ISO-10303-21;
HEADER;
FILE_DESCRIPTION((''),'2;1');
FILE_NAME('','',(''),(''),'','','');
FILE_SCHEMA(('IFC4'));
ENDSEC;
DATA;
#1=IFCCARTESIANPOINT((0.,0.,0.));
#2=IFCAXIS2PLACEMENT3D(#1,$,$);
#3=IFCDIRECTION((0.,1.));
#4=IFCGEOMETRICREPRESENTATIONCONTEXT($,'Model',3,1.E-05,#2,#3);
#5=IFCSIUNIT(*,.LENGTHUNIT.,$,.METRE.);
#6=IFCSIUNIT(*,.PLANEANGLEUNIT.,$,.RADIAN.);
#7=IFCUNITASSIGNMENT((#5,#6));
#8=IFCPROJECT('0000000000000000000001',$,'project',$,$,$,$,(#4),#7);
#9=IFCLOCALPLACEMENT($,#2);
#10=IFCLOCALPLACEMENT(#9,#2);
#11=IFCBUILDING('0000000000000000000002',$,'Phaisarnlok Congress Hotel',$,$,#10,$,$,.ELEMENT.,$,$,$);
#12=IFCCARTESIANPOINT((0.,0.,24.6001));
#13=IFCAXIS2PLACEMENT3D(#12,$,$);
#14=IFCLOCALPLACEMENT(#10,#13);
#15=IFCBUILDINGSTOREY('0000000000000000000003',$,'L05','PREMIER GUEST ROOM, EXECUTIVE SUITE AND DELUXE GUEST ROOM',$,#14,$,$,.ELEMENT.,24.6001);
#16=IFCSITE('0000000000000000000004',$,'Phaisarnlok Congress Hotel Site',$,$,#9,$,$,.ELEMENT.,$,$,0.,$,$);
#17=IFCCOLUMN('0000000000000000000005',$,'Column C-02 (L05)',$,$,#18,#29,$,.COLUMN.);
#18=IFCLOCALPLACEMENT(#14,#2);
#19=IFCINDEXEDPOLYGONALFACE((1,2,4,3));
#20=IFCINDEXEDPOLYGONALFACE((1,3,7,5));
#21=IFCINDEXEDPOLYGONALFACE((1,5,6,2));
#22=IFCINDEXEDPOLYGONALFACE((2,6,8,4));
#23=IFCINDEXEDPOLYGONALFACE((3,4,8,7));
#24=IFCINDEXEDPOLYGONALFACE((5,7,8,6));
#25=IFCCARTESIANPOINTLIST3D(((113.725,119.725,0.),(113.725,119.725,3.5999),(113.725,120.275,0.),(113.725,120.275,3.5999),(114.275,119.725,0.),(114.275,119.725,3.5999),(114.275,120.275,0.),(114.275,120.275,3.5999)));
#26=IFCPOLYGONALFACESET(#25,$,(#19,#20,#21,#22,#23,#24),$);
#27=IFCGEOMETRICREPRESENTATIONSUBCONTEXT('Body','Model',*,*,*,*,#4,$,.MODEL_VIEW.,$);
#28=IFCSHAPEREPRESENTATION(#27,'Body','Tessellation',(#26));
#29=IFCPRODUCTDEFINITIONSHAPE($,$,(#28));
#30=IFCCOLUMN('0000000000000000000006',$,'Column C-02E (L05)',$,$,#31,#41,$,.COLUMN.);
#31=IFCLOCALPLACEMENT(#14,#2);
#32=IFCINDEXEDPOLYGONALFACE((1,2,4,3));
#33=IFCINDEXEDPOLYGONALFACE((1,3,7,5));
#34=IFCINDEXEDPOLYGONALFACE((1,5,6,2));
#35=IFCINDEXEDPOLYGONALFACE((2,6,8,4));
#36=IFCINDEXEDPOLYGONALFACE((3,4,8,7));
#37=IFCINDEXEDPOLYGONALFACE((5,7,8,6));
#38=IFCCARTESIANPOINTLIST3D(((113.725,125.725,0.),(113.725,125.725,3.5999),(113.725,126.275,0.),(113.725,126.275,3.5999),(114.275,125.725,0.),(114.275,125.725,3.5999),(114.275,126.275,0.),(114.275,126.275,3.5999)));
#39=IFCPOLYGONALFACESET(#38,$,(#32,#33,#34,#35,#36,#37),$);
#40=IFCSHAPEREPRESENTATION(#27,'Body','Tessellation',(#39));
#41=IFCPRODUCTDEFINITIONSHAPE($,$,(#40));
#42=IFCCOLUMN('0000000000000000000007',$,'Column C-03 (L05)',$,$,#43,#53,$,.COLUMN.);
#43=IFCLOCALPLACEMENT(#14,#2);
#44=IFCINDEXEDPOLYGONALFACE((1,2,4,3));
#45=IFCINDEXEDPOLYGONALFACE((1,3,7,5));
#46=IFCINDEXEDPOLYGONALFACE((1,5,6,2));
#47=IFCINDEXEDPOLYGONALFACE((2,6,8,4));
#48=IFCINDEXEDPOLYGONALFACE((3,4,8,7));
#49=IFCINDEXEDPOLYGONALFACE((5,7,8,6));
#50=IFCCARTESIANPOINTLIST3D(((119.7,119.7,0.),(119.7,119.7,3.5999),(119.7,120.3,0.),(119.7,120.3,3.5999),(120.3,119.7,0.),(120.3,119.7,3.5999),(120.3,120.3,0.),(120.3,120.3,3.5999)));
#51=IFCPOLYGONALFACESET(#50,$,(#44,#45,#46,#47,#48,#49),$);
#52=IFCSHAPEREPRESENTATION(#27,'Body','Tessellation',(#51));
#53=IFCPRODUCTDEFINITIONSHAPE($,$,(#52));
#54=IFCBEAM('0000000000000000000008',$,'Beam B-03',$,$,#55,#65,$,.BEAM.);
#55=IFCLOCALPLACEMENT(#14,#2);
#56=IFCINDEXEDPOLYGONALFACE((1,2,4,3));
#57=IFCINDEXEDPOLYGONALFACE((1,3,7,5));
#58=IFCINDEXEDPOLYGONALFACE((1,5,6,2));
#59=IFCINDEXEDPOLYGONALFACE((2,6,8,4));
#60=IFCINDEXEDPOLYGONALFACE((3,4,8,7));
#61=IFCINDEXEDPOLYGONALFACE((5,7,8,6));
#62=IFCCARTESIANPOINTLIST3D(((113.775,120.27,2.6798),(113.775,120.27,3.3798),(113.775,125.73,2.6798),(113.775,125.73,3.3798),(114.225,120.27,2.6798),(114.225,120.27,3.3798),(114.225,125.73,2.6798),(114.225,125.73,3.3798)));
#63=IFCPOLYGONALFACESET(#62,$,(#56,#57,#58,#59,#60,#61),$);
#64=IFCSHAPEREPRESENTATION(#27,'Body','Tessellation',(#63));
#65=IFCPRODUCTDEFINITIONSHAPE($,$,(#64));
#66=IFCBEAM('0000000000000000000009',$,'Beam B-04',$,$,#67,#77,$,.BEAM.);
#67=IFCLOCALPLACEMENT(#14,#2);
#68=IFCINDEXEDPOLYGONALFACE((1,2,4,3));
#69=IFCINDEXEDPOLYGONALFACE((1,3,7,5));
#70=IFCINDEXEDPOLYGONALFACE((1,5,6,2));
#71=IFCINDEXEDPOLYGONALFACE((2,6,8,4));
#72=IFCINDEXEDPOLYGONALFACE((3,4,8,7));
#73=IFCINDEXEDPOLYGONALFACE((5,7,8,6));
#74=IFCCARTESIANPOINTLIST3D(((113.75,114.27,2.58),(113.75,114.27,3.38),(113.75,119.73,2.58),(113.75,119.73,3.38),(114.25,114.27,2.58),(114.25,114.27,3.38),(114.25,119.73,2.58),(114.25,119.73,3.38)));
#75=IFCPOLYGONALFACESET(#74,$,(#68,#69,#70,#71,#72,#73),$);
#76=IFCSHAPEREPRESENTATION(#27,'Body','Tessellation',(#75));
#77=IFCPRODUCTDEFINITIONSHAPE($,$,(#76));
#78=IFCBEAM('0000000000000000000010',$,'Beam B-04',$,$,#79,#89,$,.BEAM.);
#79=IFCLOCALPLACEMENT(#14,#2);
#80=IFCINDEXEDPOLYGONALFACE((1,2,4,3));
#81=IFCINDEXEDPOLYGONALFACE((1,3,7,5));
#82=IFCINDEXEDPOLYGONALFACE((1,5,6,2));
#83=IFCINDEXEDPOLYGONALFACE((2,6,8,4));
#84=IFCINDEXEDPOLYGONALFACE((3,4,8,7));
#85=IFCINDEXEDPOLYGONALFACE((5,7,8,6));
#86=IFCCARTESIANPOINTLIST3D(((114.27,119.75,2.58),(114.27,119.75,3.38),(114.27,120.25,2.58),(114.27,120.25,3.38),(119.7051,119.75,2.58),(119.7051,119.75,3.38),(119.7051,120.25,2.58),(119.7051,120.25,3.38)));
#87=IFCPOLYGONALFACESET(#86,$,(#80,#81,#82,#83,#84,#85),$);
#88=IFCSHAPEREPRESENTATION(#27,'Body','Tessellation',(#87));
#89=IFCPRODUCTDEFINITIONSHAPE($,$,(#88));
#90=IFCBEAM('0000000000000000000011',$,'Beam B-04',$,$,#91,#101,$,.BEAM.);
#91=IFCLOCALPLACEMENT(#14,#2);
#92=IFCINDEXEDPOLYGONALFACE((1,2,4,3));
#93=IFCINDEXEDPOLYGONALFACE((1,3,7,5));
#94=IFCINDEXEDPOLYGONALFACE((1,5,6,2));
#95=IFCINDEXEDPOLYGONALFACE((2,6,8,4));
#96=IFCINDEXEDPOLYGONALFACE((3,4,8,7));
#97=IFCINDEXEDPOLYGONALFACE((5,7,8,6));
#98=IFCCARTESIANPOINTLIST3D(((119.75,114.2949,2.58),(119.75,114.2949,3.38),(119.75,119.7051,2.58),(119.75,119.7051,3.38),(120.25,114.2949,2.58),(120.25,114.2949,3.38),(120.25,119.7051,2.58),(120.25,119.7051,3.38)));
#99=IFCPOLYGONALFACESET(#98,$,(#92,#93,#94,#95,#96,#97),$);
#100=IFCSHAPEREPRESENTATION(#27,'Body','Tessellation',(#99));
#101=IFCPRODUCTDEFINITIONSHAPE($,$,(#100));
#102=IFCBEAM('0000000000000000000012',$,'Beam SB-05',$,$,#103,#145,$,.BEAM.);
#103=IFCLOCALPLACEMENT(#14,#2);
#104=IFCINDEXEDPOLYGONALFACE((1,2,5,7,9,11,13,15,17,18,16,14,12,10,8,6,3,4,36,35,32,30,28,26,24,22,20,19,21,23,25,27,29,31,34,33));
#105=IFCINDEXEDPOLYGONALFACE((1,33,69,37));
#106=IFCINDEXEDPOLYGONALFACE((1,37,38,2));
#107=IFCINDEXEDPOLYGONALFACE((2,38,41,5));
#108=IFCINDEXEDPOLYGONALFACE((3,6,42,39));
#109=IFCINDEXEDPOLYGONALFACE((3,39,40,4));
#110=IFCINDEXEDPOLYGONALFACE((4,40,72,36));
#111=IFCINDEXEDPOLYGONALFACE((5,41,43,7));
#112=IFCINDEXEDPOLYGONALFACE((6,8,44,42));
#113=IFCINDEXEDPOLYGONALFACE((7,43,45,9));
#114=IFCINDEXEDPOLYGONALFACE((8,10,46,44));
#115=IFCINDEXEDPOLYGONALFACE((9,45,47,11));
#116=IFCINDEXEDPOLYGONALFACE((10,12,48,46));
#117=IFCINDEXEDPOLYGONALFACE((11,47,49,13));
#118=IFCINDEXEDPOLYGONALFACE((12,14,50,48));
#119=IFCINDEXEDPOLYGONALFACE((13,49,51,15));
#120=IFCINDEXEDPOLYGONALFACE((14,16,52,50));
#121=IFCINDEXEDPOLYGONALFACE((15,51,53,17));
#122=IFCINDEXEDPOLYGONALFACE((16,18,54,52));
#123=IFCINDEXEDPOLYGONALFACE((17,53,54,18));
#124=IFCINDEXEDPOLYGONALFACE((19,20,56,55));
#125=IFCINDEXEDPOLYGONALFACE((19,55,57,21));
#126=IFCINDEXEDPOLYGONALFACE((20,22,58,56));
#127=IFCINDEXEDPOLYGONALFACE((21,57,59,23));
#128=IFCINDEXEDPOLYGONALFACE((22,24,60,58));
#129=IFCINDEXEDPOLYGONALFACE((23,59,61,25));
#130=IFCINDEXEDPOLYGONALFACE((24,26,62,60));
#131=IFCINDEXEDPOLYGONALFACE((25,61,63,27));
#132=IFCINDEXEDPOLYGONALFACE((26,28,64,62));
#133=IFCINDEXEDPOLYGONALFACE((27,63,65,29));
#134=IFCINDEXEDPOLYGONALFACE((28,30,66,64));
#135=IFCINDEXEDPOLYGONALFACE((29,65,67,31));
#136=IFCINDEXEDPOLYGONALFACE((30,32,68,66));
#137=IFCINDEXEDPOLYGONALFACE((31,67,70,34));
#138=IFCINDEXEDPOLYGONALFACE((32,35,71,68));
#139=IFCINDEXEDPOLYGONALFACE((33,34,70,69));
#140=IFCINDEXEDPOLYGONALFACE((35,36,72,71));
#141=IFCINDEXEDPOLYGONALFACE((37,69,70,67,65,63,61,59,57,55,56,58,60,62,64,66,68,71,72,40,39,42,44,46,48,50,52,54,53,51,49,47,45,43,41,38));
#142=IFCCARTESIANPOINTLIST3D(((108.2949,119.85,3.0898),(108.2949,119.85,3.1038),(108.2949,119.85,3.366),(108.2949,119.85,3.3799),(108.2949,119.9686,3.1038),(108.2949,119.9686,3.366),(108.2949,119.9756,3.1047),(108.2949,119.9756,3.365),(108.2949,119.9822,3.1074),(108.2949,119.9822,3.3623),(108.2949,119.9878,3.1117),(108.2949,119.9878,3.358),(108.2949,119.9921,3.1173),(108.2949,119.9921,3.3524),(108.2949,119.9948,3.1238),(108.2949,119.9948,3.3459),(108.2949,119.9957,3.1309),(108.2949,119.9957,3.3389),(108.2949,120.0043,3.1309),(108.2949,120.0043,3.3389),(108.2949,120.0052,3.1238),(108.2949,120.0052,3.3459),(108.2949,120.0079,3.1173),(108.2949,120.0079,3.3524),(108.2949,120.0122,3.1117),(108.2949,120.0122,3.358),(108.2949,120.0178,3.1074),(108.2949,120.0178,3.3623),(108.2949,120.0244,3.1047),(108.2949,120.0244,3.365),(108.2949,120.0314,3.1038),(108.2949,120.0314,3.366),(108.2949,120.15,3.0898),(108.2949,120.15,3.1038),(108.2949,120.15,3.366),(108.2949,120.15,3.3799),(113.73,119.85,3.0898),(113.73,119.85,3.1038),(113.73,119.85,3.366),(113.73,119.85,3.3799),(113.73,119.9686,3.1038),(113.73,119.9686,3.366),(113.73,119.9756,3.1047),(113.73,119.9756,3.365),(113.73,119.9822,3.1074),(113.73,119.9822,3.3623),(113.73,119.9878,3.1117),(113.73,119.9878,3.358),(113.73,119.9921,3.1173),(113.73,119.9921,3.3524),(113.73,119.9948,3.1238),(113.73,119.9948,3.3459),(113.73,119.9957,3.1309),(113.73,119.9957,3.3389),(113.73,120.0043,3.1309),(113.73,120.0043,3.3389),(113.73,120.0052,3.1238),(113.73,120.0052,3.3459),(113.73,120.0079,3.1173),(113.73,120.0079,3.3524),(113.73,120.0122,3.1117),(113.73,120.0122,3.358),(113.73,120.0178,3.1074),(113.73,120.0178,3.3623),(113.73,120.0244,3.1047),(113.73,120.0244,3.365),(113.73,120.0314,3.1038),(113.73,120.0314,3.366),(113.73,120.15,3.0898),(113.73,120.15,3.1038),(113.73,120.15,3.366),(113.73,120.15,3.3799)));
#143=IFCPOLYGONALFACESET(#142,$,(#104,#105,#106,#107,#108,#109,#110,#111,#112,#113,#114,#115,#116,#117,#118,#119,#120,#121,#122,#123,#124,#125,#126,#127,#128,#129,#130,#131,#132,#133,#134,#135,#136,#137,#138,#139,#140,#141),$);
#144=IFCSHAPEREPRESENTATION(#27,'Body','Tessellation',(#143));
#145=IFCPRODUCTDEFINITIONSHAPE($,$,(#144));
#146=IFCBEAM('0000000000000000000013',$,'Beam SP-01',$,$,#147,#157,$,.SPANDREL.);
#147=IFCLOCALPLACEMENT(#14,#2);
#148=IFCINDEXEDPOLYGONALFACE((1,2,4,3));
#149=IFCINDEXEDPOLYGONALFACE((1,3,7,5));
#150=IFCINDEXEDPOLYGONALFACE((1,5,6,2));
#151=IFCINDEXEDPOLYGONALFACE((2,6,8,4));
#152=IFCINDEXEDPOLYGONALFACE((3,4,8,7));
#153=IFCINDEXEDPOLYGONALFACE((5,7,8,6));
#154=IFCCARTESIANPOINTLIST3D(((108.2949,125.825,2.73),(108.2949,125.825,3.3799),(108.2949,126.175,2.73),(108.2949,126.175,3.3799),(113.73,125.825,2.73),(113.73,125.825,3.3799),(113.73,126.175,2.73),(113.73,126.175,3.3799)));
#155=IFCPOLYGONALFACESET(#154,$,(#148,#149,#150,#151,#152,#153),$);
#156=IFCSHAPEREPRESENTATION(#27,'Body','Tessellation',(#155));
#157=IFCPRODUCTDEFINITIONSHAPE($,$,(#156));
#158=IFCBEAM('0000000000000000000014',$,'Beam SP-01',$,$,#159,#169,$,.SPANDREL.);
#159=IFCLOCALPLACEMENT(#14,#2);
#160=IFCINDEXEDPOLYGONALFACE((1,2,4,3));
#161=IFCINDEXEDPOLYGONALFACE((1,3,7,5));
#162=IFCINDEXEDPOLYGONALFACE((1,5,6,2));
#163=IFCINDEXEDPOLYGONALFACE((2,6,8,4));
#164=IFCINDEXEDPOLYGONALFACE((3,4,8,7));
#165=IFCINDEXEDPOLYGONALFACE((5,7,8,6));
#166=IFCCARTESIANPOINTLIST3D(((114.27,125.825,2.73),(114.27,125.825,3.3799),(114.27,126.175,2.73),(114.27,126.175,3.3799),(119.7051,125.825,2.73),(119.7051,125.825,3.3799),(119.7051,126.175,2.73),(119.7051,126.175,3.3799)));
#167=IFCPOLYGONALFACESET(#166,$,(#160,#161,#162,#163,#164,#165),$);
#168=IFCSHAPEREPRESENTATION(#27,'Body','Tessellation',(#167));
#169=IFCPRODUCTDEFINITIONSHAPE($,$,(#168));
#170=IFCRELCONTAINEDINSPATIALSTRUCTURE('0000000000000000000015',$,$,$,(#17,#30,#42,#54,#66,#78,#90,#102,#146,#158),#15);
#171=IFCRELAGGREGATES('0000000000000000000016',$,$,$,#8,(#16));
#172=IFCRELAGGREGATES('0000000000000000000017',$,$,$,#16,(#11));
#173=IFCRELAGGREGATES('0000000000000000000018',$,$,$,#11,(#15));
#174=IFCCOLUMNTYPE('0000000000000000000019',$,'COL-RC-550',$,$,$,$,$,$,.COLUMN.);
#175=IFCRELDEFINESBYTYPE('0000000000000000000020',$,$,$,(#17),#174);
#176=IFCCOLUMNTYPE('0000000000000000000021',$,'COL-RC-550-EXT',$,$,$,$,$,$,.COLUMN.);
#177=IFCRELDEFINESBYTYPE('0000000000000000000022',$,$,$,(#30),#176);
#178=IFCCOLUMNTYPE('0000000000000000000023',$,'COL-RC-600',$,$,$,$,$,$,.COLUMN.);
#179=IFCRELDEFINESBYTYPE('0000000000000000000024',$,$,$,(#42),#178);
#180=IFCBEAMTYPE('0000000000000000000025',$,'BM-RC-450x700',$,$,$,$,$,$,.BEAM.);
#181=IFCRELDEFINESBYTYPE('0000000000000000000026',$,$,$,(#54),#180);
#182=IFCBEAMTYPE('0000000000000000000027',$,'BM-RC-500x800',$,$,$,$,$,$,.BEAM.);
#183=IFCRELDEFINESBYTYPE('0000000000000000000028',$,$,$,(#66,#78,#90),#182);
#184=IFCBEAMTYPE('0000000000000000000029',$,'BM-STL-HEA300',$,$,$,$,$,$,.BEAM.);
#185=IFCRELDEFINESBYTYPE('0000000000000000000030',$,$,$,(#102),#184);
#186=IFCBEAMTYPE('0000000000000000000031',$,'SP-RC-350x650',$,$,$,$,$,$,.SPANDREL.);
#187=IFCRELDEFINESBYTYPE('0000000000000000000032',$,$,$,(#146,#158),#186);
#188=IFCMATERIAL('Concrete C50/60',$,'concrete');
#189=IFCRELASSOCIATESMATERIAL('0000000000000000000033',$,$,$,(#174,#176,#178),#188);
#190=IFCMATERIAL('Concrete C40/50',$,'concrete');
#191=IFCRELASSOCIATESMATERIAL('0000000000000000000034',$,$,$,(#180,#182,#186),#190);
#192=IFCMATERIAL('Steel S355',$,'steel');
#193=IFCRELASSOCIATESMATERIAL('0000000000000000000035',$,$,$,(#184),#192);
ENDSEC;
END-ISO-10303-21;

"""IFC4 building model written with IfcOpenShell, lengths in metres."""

from ifc_helpers import new_model, si_unit, direction, frame, origin, origin_2d, place, context, subcontext, project, spatial, rectangle, i_section, extrude, material, material_profile, profile_set, type_object, element, save


model = new_model("IFC4")

# Units and contexts
model_context = context("Model", 3, precision=1e-05, world=origin(), true_north=direction((0.0, 1.0)))
body_context = subcontext(model_context, "Body", "Model", "MODEL_VIEW")
ifc_project = project(units=[si_unit("LENGTHUNIT", "METRE"), si_unit("PLANEANGLEUNIT", "RADIAN")], contexts=[model_context])

# Site, building, storey
site_placement = place(None, origin())
site = spatial("IfcSite", under=ifc_project, at=site_placement, Name="Phaisarnlok Congress Hotel Site", CompositionType="ELEMENT", RefElevation=0.0)
building_placement = place(site_placement, origin())
building = spatial("IfcBuilding", under=site, at=building_placement, Name="Phaisarnlok Congress Hotel", CompositionType="ELEMENT")
storey_placement = place(building_placement, frame((0.0, 0.0, 24.6001)))
storey = spatial("IfcBuildingStorey", under=building, at=storey_placement, Name="L05", Description="PREMIER GUEST ROOM, EXECUTIVE SUITE AND DELUXE GUEST ROOM", CompositionType="ELEMENT", Elevation=24.6001)

# Columns
ifc_material_1 = material(Name="Concrete C50/60", Category="concrete")
ifc_material_profile_1 = material_profile(ifc_material_1, rectangle(XDim=0.55, YDim=0.55, at=origin_2d()), Name="RC 550x550")
ifc_profile_set_1 = profile_set([ifc_material_profile_1], Name="Concrete C50/60")
column_type_1 = type_object("IfcColumnType", Name="COL-RC-550", PredefinedType="COLUMN", material=ifc_profile_set_1)
column_1_placement = place(storey_placement, frame((114.0, 120.0, 0.0), z_axis=(0.0, 0.0, 1.0), x_axis=(1.0, 0.0, 0.0)))
element("IfcColumn", 1, at=column_1_placement, inside=storey, type_object=column_type_1, Name="Column C-02 (L05)", PredefinedType="COLUMN", context=body_context, shape_type="SweptSolid", body=[
    extrude(rectangle(XDim=0.55, YDim=0.55, at=origin_2d()), origin(), (0.0, 0.0, 1.0), 3.5999),
])
ifc_material_profile_2 = material_profile(ifc_material_1, rectangle(XDim=0.55, YDim=0.55, at=origin_2d()), Name="RC 550x550")
ifc_profile_set_2 = profile_set([ifc_material_profile_2], Name="Concrete C50/60")
column_type_2 = type_object("IfcColumnType", Name="COL-RC-550-EXT", PredefinedType="COLUMN", material=ifc_profile_set_2)
column_2_placement = place(storey_placement, frame((114.0, 126.0, 0.0), z_axis=(0.0, 0.0, 1.0), x_axis=(1.0, 0.0, 0.0)))
element("IfcColumn", 2, at=column_2_placement, inside=storey, type_object=column_type_2, Name="Column C-02E (L05)", PredefinedType="COLUMN", context=body_context, shape_type="SweptSolid", body=[
    extrude(rectangle(XDim=0.55, YDim=0.55, at=origin_2d()), origin(), (0.0, 0.0, 1.0), 3.5999),
])
ifc_material_profile_3 = material_profile(ifc_material_1, rectangle(XDim=0.6001, YDim=0.6001, at=origin_2d()), Name="RC 600x600")
ifc_profile_set_3 = profile_set([ifc_material_profile_3], Name="Concrete C50/60")
column_type_3 = type_object("IfcColumnType", Name="COL-RC-600", PredefinedType="COLUMN", material=ifc_profile_set_3)
column_3_placement = place(storey_placement, frame((120.0, 120.0, 0.0), z_axis=(0.0, 0.0, 1.0), x_axis=(1.0, 0.0, 0.0)))
element("IfcColumn", 3, at=column_3_placement, inside=storey, type_object=column_type_3, Name="Column C-03 (L05)", PredefinedType="COLUMN", context=body_context, shape_type="SweptSolid", body=[
    extrude(rectangle(XDim=0.6001, YDim=0.6001, at=origin_2d()), origin(), (0.0, 0.0, 1.0), 3.5999),
])

# Beams
ifc_material_2 = material(Name="Concrete C40/50", Category="concrete")
ifc_material_profile_4 = material_profile(ifc_material_2, rectangle(XDim=0.45, YDim=0.7, at=origin_2d()), Name="RC 450x700")
ifc_profile_set_4 = profile_set([ifc_material_profile_4], Name="Concrete C40/50")
beam_type_1 = type_object("IfcBeamType", Name="BM-RC-450x700", PredefinedType="BEAM", material=ifc_profile_set_4)
beam_1_placement = place(storey_placement, frame((114.0, 120.27, 3.0298), z_axis=(0.0, 1.0, 0.0), x_axis=(-1.0, 0.0, 0.0)))
element("IfcBeam", 4, at=beam_1_placement, inside=storey, type_object=beam_type_1, Name="Beam B-03", PredefinedType="BEAM", context=body_context, shape_type="SweptSolid", body=[
    extrude(rectangle(XDim=0.45, YDim=0.7, at=origin_2d()), origin(), (0.0, 0.0, 1.0), 5.46),
])
ifc_material_profile_5 = material_profile(ifc_material_2, rectangle(XDim=0.5, YDim=0.8, at=origin_2d()), Name="RC 500x800")
ifc_profile_set_5 = profile_set([ifc_material_profile_5], Name="Concrete C40/50")
beam_type_2 = type_object("IfcBeamType", Name="BM-RC-500x800", PredefinedType="BEAM", material=ifc_profile_set_5)
beam_2_placement = place(storey_placement, frame((114.0, 114.27, 2.98), z_axis=(0.0, 1.0, 0.0), x_axis=(-1.0, 0.0, 0.0)))
element("IfcBeam", 5, at=beam_2_placement, inside=storey, type_object=beam_type_2, Name="Beam B-04", PredefinedType="BEAM", context=body_context, shape_type="SweptSolid", body=[
    extrude(rectangle(XDim=0.5, YDim=0.8, at=origin_2d()), origin(), (0.0, 0.0, 1.0), 5.46),
])
beam_3_placement = place(storey_placement, frame((114.27, 120.0, 2.98), z_axis=(1.0, 0.0, 0.0), x_axis=(0.0, 1.0, 0.0)))
element("IfcBeam", 6, at=beam_3_placement, inside=storey, type_object=beam_type_2, Name="Beam B-04", PredefinedType="BEAM", context=body_context, shape_type="SweptSolid", body=[
    extrude(rectangle(XDim=0.5, YDim=0.8, at=origin_2d()), origin(), (0.0, 0.0, 1.0), 5.4351),
])
beam_4_placement = place(storey_placement, frame((120.0, 114.2949, 2.98), z_axis=(0.0, 1.0, 0.0), x_axis=(-1.0, 0.0, 0.0)))
element("IfcBeam", 7, at=beam_4_placement, inside=storey, type_object=beam_type_2, Name="Beam B-04", PredefinedType="BEAM", context=body_context, shape_type="SweptSolid", body=[
    extrude(rectangle(XDim=0.5, YDim=0.8, at=origin_2d()), origin(), (0.0, 0.0, 1.0), 5.4102),
])
ifc_material_3 = material(Name="Steel S355", Category="steel")
ifc_material_profile_6 = material_profile(ifc_material_3, i_section(OverallWidth=0.3, OverallDepth=0.29, WebThickness=0.0085, FlangeThickness=0.0139, FilletRadius=0.0271, at=origin_2d()), Name="HEA 300")
ifc_profile_set_6 = profile_set([ifc_material_profile_6], Name="Steel S355")
beam_type_3 = type_object("IfcBeamType", Name="BM-STL-HEA300", PredefinedType="BEAM", material=ifc_profile_set_6)
beam_5_placement = place(storey_placement, frame((108.2949, 120.0, 3.2349), z_axis=(1.0, 0.0, 0.0), x_axis=(0.0, 1.0, 0.0)))
element("IfcBeam", 8, at=beam_5_placement, inside=storey, type_object=beam_type_3, Name="Beam SB-05", PredefinedType="BEAM", context=body_context, shape_type="SweptSolid", body=[
    extrude(i_section(OverallWidth=0.3, OverallDepth=0.29, WebThickness=0.0085, FlangeThickness=0.0139, FilletRadius=0.0271, at=origin_2d()), origin(), (0.0, 0.0, 1.0), 5.4351),
])
ifc_material_profile_7 = material_profile(ifc_material_2, rectangle(XDim=0.3501, YDim=0.6499, at=origin_2d()), Name="RC 350x650")
ifc_profile_set_7 = profile_set([ifc_material_profile_7], Name="Concrete C40/50")
beam_type_4 = type_object("IfcBeamType", Name="SP-RC-350x650", PredefinedType="SPANDREL", material=ifc_profile_set_7)
for number, where, z_axis, x_axis, name in (
    (9, (108.2949, 126.0, 3.0549), (1.0, 0.0, 0.0), (0.0, 1.0, 0.0), "Beam SP-01"),
    (10, (114.27, 126.0, 3.0549), (1.0, 0.0, 0.0), (0.0, 1.0, 0.0), "Beam SP-01"),
):
    element("IfcBeam", number, at=place(storey_placement, frame(where, z_axis=z_axis, x_axis=x_axis)), inside=storey, type_object=beam_type_4, Name=name, PredefinedType="SPANDREL", context=body_context, shape_type="SweptSolid", body=[
        extrude(rectangle(XDim=0.3501, YDim=0.6499, at=origin_2d()), origin(), (0.0, 0.0, 1.0), 5.4351),
    ])

save(model, "model.ifc")
